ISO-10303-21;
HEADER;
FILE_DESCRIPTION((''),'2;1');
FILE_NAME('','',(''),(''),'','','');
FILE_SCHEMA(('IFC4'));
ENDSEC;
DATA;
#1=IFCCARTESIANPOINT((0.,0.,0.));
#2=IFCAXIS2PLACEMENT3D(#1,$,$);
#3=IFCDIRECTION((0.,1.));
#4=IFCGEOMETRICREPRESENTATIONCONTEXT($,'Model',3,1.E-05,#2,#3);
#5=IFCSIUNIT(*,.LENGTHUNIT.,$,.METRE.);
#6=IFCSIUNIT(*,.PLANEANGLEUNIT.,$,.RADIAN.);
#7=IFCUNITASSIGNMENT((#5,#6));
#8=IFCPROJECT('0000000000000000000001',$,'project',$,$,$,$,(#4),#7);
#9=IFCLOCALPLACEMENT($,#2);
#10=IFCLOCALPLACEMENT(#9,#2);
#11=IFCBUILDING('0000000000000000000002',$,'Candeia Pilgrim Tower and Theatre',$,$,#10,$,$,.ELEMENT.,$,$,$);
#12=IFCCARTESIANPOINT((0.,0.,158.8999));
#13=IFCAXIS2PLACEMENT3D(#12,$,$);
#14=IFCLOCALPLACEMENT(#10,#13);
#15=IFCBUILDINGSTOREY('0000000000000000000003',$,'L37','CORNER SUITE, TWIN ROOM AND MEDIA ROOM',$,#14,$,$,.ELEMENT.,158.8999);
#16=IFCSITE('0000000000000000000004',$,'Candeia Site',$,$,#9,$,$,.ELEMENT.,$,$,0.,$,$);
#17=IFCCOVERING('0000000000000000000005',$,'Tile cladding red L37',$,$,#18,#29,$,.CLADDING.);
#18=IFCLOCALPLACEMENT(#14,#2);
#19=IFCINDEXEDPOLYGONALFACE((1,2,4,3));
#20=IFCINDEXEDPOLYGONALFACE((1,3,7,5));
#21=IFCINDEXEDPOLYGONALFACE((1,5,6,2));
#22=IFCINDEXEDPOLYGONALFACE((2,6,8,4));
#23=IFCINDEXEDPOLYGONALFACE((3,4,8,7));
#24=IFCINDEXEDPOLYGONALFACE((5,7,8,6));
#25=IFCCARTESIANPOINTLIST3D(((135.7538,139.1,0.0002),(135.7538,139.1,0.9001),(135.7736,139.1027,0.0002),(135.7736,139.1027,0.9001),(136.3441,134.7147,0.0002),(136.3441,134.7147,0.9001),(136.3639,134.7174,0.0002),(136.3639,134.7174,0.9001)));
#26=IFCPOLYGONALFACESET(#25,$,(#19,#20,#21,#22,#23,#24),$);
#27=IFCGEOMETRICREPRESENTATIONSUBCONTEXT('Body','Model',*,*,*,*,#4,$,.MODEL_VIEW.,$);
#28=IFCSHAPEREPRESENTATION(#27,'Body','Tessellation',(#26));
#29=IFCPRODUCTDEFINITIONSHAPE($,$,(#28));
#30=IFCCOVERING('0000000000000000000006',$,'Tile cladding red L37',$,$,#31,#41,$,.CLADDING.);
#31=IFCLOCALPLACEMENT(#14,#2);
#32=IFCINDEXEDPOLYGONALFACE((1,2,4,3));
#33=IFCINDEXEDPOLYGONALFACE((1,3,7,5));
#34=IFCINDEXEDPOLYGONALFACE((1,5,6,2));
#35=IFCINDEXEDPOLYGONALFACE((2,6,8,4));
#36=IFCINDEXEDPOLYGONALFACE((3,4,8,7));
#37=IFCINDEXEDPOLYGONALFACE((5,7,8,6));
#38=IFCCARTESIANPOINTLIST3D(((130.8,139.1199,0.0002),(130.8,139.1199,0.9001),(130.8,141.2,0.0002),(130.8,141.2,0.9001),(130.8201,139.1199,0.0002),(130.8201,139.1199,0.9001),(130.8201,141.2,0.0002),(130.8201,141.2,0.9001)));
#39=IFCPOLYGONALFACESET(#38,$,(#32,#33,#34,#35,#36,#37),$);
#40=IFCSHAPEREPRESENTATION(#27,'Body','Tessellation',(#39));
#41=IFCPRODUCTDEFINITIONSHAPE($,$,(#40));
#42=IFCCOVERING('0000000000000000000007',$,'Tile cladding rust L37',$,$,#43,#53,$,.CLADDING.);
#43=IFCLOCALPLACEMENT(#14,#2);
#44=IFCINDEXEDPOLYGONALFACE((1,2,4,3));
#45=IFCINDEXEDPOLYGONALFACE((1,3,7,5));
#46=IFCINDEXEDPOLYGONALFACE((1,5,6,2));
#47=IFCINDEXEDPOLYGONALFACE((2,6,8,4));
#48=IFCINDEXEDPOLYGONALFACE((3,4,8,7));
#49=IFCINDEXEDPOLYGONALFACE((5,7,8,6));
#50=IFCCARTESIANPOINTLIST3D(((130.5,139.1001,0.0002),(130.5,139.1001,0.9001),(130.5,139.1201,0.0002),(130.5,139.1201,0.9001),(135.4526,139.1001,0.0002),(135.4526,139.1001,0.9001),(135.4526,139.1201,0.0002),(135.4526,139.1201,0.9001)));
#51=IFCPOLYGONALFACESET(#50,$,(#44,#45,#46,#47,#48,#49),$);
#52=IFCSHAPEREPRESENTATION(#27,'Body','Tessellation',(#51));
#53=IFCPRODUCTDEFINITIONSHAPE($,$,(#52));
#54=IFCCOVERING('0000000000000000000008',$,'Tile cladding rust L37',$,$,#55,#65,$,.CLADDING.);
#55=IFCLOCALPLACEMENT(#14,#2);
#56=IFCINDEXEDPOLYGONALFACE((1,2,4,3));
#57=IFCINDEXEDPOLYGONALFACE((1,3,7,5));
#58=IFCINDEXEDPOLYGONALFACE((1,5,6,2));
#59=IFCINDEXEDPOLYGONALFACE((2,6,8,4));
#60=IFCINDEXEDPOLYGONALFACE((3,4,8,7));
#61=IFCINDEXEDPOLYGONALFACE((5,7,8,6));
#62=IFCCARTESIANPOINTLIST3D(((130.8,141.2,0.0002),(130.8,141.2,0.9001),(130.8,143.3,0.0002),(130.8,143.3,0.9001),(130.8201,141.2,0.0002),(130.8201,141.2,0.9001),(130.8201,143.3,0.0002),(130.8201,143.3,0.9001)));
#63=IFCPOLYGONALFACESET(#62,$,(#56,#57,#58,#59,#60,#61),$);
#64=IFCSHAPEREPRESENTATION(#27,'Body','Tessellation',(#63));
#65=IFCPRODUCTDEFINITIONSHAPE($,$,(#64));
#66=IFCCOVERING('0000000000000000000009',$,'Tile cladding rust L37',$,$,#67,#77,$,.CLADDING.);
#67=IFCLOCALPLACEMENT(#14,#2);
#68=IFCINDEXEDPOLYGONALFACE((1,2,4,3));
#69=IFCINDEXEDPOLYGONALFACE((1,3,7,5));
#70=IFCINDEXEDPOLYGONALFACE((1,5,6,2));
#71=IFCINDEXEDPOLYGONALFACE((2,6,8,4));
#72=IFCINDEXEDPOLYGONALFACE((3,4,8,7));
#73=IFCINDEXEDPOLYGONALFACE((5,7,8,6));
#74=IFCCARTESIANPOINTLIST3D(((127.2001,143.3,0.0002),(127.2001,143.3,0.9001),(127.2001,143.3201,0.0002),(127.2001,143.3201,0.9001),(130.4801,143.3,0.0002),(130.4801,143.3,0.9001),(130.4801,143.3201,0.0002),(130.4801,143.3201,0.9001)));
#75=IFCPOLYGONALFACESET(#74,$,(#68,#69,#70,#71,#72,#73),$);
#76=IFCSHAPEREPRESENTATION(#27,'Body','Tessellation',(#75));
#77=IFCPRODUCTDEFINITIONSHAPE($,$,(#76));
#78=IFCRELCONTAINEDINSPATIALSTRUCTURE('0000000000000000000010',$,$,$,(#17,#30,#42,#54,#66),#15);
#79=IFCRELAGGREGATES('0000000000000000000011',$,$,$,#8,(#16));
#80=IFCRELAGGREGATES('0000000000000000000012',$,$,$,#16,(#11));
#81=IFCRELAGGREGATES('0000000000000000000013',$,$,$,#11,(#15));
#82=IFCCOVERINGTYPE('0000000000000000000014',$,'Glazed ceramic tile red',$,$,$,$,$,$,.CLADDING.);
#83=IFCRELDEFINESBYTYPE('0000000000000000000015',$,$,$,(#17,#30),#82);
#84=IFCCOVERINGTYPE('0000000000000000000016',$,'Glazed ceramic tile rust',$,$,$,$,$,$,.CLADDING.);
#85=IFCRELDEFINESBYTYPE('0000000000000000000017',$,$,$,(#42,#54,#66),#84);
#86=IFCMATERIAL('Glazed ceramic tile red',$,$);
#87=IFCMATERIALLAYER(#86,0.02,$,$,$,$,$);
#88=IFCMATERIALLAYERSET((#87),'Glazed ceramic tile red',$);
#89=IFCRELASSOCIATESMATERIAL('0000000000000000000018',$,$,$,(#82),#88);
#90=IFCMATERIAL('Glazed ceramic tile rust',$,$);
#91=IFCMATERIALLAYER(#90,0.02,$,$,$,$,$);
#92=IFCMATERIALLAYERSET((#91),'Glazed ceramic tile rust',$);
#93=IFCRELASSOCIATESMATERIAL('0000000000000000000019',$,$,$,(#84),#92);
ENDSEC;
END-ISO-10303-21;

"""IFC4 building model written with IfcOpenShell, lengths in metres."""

from ifc_helpers import new_model, si_unit, direction, frame, origin, origin_2d, place, context, subcontext, project, spatial, rectangle, extrude, material, layer, layer_set, type_object, element, save


model = new_model("IFC4")

# Units and contexts
model_context = context("Model", 3, precision=1e-05, world=origin(), true_north=direction((0.0, 1.0)))
body_context = subcontext(model_context, "Body", "Model", "MODEL_VIEW")
ifc_project = project(units=[si_unit("LENGTHUNIT", "METRE"), si_unit("PLANEANGLEUNIT", "RADIAN")], contexts=[model_context])

# Site, building, storey
site_placement = place(None, origin())
site = spatial("IfcSite", under=ifc_project, at=site_placement, Name="Candeia Site", CompositionType="ELEMENT", RefElevation=0.0)
building_placement = place(site_placement, origin())
building = spatial("IfcBuilding", under=site, at=building_placement, Name="Candeia Pilgrim Tower and Theatre", CompositionType="ELEMENT")
storey_placement = place(building_placement, frame((0.0, 0.0, 158.8999)))
storey = spatial("IfcBuildingStorey", under=building, at=storey_placement, Name="L37", Description="CORNER SUITE, TWIN ROOM AND MEDIA ROOM", CompositionType="ELEMENT", Elevation=158.8999)

# Coverings
ifc_material_1 = material(Name="Glazed ceramic tile red")
ifc_layer_1 = layer(ifc_material_1, 0.02)
ifc_layer_set_1 = layer_set([ifc_layer_1], Name="Glazed ceramic tile red")
covering_type_1 = type_object("IfcCoveringType", Name="Glazed ceramic tile red", PredefinedType="CLADDING", material=ifc_layer_set_1)
covering_1_placement = place(storey_placement, frame((136.0588, 136.9087, 0.0002), z_axis=(0.0, 0.0, 1.0), x_axis=(-0.133412, 0.991061, 0.0)))
element("IfcCovering", 1, at=covering_1_placement, inside=storey, type_object=covering_type_1, Name="Tile cladding red L37", PredefinedType="CLADDING", context=body_context, shape_type="SweptSolid", body=[
    extrude(rectangle(XDim=4.4248, YDim=0.02, at=origin_2d()), origin(), (0.0, 0.0, 1.0), 0.8999),
])
covering_2_placement = place(storey_placement, frame((130.8101, 140.1599, 0.0002), z_axis=(0.0, 0.0, 1.0), x_axis=(0.0, 1.0, 0.0)))
element("IfcCovering", 2, at=covering_2_placement, inside=storey, type_object=covering_type_1, Name="Tile cladding red L37", PredefinedType="CLADDING", context=body_context, shape_type="SweptSolid", body=[
    extrude(rectangle(XDim=2.0801, YDim=0.02, at=origin_2d()), origin(), (0.0, 0.0, 1.0), 0.8999),
])
ifc_material_2 = material(Name="Glazed ceramic tile rust")
ifc_layer_2 = layer(ifc_material_2, 0.02)
ifc_layer_set_2 = layer_set([ifc_layer_2], Name="Glazed ceramic tile rust")
covering_type_2 = type_object("IfcCoveringType", Name="Glazed ceramic tile rust", PredefinedType="CLADDING", material=ifc_layer_set_2)
covering_3_placement = place(storey_placement, frame((132.9763, 139.1101, 0.0002), z_axis=(0.0, 0.0, 1.0), x_axis=(-1.0, 0.0, 0.0)))
element("IfcCovering", 3, at=covering_3_placement, inside=storey, type_object=covering_type_2, Name="Tile cladding rust L37", PredefinedType="CLADDING", context=body_context, shape_type="SweptSolid", body=[
    extrude(rectangle(XDim=4.9526, YDim=0.02, at=origin_2d()), origin(), (0.0, 0.0, 1.0), 0.8999),
])
covering_4_placement = place(storey_placement, frame((130.8101, 142.25, 0.0002), z_axis=(0.0, 0.0, 1.0), x_axis=(0.0, 1.0, 0.0)))
element("IfcCovering", 4, at=covering_4_placement, inside=storey, type_object=covering_type_2, Name="Tile cladding rust L37", PredefinedType="CLADDING", context=body_context, shape_type="SweptSolid", body=[
    extrude(rectangle(XDim=2.1001, YDim=0.02, at=origin_2d()), origin(), (0.0, 0.0, 1.0), 0.8999),
])
covering_5_placement = place(storey_placement, frame((128.8401, 143.3101, 0.0002), z_axis=(0.0, 0.0, 1.0), x_axis=(-1.0, 0.0, 0.0)))
element("IfcCovering", 5, at=covering_5_placement, inside=storey, type_object=covering_type_2, Name="Tile cladding rust L37", PredefinedType="CLADDING", context=body_context, shape_type="SweptSolid", body=[
    extrude(rectangle(XDim=3.28, YDim=0.02, at=origin_2d()), origin(), (0.0, 0.0, 1.0), 0.8999),
])

save(model, "model.ifc")
